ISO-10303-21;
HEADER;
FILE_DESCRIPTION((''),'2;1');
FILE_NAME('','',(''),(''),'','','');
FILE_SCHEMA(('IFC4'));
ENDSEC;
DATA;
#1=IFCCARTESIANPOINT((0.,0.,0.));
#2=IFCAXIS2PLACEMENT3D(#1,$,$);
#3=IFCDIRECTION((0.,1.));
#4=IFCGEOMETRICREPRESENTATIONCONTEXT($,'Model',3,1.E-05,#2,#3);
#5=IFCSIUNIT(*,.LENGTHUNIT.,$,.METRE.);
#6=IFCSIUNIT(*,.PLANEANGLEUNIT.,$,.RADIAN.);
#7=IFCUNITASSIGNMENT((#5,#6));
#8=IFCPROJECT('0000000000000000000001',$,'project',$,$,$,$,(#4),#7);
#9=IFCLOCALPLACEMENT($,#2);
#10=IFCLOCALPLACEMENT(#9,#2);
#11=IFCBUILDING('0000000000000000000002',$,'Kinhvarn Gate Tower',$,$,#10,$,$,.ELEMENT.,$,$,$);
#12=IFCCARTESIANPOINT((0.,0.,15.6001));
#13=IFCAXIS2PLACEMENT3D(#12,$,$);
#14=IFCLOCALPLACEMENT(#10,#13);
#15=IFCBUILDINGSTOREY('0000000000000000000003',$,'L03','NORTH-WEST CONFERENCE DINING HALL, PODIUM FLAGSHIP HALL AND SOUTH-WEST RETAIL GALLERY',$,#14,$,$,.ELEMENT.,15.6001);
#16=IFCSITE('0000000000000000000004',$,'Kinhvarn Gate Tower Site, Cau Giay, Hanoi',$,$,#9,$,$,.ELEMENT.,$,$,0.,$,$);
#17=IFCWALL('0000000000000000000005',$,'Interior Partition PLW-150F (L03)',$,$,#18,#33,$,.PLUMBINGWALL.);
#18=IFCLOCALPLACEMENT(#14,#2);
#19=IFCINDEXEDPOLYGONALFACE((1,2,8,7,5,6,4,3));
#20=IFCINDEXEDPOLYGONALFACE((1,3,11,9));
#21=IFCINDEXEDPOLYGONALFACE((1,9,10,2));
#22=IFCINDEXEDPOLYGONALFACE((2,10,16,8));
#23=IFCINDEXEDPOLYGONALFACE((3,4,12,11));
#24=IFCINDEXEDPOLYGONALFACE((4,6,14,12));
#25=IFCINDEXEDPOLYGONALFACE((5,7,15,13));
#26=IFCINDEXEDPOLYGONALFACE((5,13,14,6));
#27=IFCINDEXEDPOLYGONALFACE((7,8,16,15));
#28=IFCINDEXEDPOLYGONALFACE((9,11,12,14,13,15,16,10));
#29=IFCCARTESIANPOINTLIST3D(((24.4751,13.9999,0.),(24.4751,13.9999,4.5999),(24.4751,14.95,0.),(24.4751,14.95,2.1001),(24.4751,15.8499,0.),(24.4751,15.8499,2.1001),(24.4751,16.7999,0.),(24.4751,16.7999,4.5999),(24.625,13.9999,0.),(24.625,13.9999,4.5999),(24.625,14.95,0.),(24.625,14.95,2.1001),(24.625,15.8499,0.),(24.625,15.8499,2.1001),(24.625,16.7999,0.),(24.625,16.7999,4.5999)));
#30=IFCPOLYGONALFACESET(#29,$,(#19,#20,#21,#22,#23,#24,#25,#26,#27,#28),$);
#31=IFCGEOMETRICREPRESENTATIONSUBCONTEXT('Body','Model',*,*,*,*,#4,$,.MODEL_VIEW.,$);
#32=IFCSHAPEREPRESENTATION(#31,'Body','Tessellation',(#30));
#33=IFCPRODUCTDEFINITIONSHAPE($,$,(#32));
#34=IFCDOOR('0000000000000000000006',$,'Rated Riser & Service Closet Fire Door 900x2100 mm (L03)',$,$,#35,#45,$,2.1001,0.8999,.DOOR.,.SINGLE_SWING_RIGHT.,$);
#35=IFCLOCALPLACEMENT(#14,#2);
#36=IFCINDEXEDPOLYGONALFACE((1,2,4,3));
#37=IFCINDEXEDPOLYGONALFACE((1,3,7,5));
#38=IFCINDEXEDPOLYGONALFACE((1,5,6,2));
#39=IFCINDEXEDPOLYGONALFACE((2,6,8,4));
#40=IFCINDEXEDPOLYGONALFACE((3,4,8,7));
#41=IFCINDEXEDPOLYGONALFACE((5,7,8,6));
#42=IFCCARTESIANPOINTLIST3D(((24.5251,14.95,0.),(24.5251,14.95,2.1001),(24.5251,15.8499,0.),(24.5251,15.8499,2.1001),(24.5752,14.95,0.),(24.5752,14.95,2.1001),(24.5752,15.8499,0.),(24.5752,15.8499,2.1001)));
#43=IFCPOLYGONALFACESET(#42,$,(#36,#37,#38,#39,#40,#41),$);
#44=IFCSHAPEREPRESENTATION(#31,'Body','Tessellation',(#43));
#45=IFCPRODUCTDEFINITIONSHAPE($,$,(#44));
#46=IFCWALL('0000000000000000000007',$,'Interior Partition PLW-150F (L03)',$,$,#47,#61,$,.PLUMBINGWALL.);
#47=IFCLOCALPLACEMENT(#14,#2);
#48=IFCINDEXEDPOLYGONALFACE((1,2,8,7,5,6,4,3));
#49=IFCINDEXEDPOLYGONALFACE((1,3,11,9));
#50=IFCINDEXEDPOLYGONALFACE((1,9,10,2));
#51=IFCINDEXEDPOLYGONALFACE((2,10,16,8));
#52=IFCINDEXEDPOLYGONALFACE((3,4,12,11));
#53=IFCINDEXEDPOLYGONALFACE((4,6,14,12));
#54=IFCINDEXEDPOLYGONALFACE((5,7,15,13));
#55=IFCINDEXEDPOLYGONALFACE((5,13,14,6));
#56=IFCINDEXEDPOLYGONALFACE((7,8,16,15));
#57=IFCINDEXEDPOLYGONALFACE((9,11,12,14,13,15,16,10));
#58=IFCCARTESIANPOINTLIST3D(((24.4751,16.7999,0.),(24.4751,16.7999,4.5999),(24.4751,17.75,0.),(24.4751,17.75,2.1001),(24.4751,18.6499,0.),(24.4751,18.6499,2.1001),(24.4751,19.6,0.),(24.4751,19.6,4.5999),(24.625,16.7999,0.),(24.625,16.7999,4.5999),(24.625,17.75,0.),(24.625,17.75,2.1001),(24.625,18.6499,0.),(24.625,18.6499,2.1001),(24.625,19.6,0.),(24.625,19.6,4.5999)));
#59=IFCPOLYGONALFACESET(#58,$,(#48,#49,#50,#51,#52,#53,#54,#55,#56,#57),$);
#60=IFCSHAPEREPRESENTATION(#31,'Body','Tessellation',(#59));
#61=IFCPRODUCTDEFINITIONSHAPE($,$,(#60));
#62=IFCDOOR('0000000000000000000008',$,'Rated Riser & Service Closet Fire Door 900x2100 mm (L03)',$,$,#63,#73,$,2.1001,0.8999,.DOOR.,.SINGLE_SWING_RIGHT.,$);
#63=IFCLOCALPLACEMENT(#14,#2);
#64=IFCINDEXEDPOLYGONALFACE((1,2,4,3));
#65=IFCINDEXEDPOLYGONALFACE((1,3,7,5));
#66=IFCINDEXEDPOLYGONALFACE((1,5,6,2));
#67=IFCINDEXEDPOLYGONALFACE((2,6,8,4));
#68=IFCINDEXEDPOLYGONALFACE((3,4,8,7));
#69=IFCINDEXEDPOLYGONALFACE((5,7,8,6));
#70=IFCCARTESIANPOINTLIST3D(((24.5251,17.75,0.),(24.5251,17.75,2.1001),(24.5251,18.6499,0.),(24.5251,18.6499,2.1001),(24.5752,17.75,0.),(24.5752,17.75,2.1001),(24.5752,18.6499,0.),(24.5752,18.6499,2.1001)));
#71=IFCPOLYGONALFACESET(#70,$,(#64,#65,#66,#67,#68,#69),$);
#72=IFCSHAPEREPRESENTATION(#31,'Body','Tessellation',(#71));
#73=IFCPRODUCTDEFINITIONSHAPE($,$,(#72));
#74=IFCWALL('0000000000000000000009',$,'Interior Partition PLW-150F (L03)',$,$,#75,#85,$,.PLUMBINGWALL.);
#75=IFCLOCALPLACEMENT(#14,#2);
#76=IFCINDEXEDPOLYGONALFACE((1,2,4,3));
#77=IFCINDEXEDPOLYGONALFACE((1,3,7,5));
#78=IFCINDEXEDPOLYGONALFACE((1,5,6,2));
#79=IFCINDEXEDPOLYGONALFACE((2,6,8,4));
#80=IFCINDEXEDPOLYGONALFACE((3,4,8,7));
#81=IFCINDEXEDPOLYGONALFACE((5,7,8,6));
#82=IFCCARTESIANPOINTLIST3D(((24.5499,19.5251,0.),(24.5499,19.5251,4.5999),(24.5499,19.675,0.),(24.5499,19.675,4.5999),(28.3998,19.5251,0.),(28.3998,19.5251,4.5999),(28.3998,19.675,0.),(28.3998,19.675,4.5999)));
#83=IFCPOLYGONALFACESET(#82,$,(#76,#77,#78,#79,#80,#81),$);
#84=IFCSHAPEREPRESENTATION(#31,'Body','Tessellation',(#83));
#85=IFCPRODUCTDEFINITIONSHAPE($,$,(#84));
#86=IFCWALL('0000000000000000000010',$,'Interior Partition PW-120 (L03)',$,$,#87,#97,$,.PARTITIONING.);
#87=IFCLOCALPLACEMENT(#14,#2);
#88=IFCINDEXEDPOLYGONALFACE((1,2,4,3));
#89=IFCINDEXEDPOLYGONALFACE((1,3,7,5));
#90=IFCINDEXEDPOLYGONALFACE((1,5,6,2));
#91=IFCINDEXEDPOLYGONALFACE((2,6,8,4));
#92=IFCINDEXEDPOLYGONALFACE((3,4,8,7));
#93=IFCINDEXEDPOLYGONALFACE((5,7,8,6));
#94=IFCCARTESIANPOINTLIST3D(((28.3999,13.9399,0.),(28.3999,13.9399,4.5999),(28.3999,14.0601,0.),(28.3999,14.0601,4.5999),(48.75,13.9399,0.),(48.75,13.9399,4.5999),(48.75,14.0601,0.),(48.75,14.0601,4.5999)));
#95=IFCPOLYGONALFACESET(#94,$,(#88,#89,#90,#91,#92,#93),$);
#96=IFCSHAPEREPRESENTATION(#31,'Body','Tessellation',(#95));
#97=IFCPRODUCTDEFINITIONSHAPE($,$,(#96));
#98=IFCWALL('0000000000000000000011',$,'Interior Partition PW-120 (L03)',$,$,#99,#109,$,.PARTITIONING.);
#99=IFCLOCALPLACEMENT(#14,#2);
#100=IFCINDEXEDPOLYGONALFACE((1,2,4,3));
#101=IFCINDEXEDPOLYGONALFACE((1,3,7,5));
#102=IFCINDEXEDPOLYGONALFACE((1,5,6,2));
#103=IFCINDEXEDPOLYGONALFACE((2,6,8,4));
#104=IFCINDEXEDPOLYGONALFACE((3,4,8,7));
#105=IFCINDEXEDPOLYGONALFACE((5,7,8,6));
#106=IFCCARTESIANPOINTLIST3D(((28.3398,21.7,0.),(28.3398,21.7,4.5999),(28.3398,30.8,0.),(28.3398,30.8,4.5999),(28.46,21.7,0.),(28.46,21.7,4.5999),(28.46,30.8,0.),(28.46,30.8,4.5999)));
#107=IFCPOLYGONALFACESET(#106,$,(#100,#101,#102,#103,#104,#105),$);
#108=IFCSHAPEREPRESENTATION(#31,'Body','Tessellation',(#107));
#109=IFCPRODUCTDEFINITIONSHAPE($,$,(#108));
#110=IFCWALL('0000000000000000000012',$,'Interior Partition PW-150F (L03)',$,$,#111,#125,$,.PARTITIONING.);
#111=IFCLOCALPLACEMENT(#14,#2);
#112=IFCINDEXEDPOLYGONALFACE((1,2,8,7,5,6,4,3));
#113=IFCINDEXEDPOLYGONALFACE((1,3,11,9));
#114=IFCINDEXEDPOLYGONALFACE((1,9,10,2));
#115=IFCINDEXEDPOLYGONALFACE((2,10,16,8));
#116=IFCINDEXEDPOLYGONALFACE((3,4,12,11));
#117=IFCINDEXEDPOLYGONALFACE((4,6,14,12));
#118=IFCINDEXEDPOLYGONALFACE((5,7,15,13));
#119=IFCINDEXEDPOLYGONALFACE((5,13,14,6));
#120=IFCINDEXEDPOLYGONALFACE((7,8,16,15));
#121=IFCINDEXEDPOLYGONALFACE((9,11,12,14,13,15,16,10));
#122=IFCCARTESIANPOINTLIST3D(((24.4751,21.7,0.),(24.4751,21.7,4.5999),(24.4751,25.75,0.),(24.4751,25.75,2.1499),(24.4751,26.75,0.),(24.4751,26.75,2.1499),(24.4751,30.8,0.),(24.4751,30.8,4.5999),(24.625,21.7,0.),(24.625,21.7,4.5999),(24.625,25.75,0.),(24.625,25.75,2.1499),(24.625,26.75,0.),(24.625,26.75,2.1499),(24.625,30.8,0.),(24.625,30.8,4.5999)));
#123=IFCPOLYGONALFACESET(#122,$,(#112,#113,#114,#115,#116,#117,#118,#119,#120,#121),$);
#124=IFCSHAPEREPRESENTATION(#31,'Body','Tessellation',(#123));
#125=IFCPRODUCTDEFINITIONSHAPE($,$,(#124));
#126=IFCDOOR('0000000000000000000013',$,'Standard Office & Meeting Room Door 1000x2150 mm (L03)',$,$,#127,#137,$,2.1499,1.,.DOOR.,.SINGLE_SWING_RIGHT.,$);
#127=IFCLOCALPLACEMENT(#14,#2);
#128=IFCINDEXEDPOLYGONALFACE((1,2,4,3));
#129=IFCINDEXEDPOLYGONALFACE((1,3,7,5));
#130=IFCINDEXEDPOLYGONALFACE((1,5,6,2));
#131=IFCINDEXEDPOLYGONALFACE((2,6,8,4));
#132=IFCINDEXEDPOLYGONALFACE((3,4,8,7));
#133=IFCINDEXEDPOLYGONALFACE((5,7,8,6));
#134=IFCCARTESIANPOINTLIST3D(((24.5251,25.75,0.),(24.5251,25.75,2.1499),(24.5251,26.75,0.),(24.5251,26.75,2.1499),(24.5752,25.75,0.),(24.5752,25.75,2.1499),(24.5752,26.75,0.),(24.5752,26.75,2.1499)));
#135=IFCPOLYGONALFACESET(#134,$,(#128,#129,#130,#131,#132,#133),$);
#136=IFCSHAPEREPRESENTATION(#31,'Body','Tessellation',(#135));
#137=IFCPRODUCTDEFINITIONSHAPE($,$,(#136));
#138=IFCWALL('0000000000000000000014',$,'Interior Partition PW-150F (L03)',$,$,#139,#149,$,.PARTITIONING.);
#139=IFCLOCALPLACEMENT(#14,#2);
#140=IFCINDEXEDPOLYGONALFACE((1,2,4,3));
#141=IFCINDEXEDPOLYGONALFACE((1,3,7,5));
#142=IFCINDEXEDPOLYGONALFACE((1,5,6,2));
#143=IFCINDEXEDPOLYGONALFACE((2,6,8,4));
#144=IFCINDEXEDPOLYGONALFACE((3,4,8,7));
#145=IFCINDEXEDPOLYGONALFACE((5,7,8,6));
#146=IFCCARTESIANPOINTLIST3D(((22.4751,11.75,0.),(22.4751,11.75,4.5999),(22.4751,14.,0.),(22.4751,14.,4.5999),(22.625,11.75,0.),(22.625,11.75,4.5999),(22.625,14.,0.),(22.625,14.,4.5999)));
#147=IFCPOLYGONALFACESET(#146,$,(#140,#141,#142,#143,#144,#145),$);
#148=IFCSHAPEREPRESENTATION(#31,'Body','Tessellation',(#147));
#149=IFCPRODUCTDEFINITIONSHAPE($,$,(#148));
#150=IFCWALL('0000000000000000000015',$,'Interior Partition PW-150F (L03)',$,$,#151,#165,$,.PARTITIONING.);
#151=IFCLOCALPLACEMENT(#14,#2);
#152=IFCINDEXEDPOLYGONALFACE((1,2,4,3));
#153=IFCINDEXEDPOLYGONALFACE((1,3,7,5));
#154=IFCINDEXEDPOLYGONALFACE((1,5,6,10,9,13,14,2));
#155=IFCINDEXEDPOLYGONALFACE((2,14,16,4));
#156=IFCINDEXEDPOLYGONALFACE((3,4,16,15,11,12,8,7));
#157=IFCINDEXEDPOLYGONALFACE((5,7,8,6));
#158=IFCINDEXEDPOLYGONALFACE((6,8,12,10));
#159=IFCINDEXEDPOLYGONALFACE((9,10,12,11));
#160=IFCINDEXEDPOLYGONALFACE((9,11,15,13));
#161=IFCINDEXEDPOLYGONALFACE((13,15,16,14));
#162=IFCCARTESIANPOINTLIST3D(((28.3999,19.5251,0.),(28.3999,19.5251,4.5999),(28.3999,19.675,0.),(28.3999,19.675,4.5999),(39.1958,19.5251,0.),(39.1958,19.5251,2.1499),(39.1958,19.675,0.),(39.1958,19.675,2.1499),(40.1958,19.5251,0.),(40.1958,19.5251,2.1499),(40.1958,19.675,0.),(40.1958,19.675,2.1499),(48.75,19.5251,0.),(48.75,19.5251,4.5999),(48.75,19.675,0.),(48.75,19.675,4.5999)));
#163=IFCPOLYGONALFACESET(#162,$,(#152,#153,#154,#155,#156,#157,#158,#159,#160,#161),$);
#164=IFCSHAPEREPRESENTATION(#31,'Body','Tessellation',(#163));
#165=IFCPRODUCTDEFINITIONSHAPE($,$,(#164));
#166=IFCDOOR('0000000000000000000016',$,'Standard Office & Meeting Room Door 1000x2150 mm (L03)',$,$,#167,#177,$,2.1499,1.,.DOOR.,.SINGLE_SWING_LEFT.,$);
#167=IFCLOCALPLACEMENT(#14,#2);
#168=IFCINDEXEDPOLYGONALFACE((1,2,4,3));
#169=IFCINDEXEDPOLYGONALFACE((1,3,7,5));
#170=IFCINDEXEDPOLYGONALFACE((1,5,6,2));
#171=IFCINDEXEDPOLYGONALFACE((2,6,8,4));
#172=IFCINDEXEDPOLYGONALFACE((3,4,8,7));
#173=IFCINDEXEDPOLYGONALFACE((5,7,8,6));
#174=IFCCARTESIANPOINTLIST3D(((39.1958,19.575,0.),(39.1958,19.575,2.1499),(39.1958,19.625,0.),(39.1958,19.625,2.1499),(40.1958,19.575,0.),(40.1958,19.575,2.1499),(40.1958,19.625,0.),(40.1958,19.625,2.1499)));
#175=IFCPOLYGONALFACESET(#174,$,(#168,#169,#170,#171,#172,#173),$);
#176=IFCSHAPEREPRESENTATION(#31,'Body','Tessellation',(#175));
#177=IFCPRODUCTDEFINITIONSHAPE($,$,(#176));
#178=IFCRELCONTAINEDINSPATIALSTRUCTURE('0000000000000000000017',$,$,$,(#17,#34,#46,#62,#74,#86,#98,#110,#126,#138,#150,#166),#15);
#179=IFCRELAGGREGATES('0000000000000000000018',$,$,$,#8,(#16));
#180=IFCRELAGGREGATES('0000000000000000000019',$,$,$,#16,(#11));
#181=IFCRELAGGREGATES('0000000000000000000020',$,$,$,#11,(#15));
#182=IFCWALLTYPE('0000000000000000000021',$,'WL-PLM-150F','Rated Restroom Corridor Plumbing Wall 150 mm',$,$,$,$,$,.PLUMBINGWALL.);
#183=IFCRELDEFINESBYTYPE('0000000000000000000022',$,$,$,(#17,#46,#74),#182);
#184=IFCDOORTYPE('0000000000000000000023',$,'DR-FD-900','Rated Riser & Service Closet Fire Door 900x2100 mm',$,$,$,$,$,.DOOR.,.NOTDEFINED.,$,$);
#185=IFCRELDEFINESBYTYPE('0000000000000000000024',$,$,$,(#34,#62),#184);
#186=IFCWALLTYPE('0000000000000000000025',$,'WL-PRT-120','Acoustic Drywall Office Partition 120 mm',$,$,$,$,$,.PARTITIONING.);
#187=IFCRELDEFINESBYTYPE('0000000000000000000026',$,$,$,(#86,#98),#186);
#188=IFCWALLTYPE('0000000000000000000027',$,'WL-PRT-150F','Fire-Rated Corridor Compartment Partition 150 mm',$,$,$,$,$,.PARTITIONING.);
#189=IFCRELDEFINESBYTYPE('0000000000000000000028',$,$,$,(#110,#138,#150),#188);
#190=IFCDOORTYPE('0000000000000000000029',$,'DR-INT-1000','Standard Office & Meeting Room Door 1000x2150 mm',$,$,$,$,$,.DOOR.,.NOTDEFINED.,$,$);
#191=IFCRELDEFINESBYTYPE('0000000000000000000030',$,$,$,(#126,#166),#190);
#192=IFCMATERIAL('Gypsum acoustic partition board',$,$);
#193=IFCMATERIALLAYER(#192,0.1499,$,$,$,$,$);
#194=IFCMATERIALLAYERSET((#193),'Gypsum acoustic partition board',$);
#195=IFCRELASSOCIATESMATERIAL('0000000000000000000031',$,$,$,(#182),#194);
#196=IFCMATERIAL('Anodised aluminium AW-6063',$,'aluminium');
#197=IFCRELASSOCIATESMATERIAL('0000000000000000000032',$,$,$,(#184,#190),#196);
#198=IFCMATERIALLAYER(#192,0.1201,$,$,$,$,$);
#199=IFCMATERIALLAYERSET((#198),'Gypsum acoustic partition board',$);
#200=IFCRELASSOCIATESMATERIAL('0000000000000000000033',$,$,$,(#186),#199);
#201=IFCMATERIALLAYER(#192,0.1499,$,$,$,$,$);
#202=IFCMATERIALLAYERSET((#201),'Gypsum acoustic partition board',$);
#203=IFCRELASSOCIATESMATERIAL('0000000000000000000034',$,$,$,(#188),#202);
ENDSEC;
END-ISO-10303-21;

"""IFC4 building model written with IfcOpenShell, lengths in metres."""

from ifc_helpers import new_model, si_unit, direction, frame, frame_2d, origin, place, context, subcontext, project, spatial, rectangle, extrude, material, layer, layer_set, type_object, element, fill, save


model = new_model("IFC4")

# Units and contexts
model_context = context("Model", 3, precision=1e-05, world=origin(), true_north=direction((0.0, 1.0)))
body_context = subcontext(model_context, "Body", "Model", "MODEL_VIEW")
ifc_project = project(units=[si_unit("LENGTHUNIT", "METRE"), si_unit("PLANEANGLEUNIT", "RADIAN")], contexts=[model_context])

# Site, building, storey
site_placement = place(None, origin())
site = spatial("IfcSite", under=ifc_project, at=site_placement, Name="Kinhvarn Gate Tower Site, Cau Giay, Hanoi", CompositionType="ELEMENT", RefElevation=0.0)
building_placement = place(site_placement, origin())
building = spatial("IfcBuilding", under=site, at=building_placement, Name="Kinhvarn Gate Tower", CompositionType="ELEMENT")
storey_placement = place(building_placement, frame((0.0, 0.0, 15.6001)))
storey = spatial("IfcBuildingStorey", under=building, at=storey_placement, Name="L03", Description="NORTH-WEST CONFERENCE DINING HALL, PODIUM FLAGSHIP HALL AND SOUTH-WEST RETAIL GALLERY", CompositionType="ELEMENT", Elevation=15.6001)

# Shared definitions
ifc_material_1 = material(Name="Anodised aluminium AW-6063", Category="aluminium")

# Shared definitions
ifc_material_2 = material(Name="Gypsum acoustic partition board")

# Walls, openings, doors
ifc_layer_1 = layer(ifc_material_2, 0.1499)
ifc_layer_set_1 = layer_set([ifc_layer_1], Name="Gypsum acoustic partition board")
wall_type_1 = type_object("IfcWallType", Name="WL-PLM-150F", Description="Rated Restroom Corridor Plumbing Wall 150 mm", PredefinedType="PLUMBINGWALL", material=ifc_layer_set_1)
wall_1_placement = place(storey_placement, frame((24.55, 14.0, 0.0), z_axis=(0.0, 0.0, 1.0), x_axis=(0.0, 1.0, 0.0)))
wall_1 = element("IfcWall", 1, at=wall_1_placement, inside=storey, type_object=wall_type_1, Name="Interior Partition PLW-150F (L03)", PredefinedType="PLUMBINGWALL", context=body_context, shape_type="SweptSolid", body=[
    extrude(rectangle(XDim=2.8, YDim=0.1499, at=frame_2d((1.3999, 0.0))), origin(), (0.0, 0.0, 1.0), 4.5999),
])
opening_1_placement = place(wall_1_placement, frame((0.95, 0.0, 0.0)))
opening_1 = element("IfcOpeningElement", 2, at=opening_1_placement, cuts=wall_1, PredefinedType="OPENING", context=body_context, shape_type="SweptSolid", body=[
    extrude(rectangle(XDim=0.8999, YDim=2.1001, at=frame_2d((0.45, 1.05))), frame((0.0, 0.085, 0.0), z_axis=(0.0, -1.0, 0.0), x_axis=(1.0, 0.0, 0.0)), (0.0, 0.0, 1.0), 0.1699),
])
door_type_1 = type_object("IfcDoorType", Name="DR-FD-900", Description="Rated Riser & Service Closet Fire Door 900x2100 mm", OperationType="NOTDEFINED", PredefinedType="DOOR", material=ifc_material_1)
door_1_placement = place(opening_1_placement, origin())
door_1 = element("IfcDoor", 3, at=door_1_placement, inside=storey, type_object=door_type_1, Name="Rated Riser & Service Closet Fire Door 900x2100 mm (L03)", OperationType="SINGLE_SWING_RIGHT", OverallHeight=2.1001, OverallWidth=0.8999, PredefinedType="DOOR", context=body_context, shape_type="SweptSolid", body=[
    extrude(rectangle(XDim=0.8999, YDim=2.1001, at=frame_2d((0.45, 1.05))), frame((0.0, 0.0249, 0.0), z_axis=(0.0, -1.0, 0.0), x_axis=(1.0, 0.0, 0.0)), (0.0, 0.0, 1.0), 0.05),
])
fill(opening_1, door_1)
wall_2_placement = place(storey_placement, frame((24.55, 16.8, 0.0), z_axis=(0.0, 0.0, 1.0), x_axis=(0.0, 1.0, 0.0)))
wall_2 = element("IfcWall", 4, at=wall_2_placement, inside=storey, type_object=wall_type_1, Name="Interior Partition PLW-150F (L03)", PredefinedType="PLUMBINGWALL", context=body_context, shape_type="SweptSolid", body=[
    extrude(rectangle(XDim=2.8, YDim=0.1499, at=frame_2d((1.3999, 0.0))), origin(), (0.0, 0.0, 1.0), 4.5999),
])
opening_2_placement = place(wall_2_placement, frame((0.95, 0.0, 0.0)))
opening_2 = element("IfcOpeningElement", 5, at=opening_2_placement, cuts=wall_2, PredefinedType="OPENING", context=body_context, shape_type="SweptSolid", body=[
    extrude(rectangle(XDim=0.8999, YDim=2.1001, at=frame_2d((0.45, 1.05))), frame((0.0, 0.085, 0.0), z_axis=(0.0, -1.0, 0.0), x_axis=(1.0, 0.0, 0.0)), (0.0, 0.0, 1.0), 0.1699),
])
door_2_placement = place(opening_2_placement, origin())
door_2 = element("IfcDoor", 6, at=door_2_placement, inside=storey, type_object=door_type_1, Name="Rated Riser & Service Closet Fire Door 900x2100 mm (L03)", OperationType="SINGLE_SWING_RIGHT", OverallHeight=2.1001, OverallWidth=0.8999, PredefinedType="DOOR", context=body_context, shape_type="SweptSolid", body=[
    extrude(rectangle(XDim=0.8999, YDim=2.1001, at=frame_2d((0.45, 1.05))), frame((0.0, 0.0249, 0.0), z_axis=(0.0, -1.0, 0.0), x_axis=(1.0, 0.0, 0.0)), (0.0, 0.0, 1.0), 0.05),
])
fill(opening_2, door_2)

# Walls
wall_3_placement = place(storey_placement, frame((24.55, 19.6001, 0.0), z_axis=(0.0, 0.0, 1.0), x_axis=(1.0, 0.0, 0.0)))
element("IfcWall", 7, at=wall_3_placement, inside=storey, type_object=wall_type_1, Name="Interior Partition PLW-150F (L03)", PredefinedType="PLUMBINGWALL", context=body_context, shape_type="SweptSolid", body=[
    extrude(rectangle(XDim=3.8499, YDim=0.1499, at=frame_2d((1.9248, 0.0))), origin(), (0.0, 0.0, 1.0), 4.5999),
])
ifc_layer_2 = layer(ifc_material_2, 0.1201)
ifc_layer_set_2 = layer_set([ifc_layer_2], Name="Gypsum acoustic partition board")
wall_type_2 = type_object("IfcWallType", Name="WL-PRT-120", Description="Acoustic Drywall Office Partition 120 mm", PredefinedType="PARTITIONING", material=ifc_layer_set_2)
wall_4_placement = place(storey_placement, frame((28.3999, 14.0, 0.0), z_axis=(0.0, 0.0, 1.0), x_axis=(1.0, 0.0, 0.0)))
element("IfcWall", 8, at=wall_4_placement, inside=storey, type_object=wall_type_2, Name="Interior Partition PW-120 (L03)", PredefinedType="PARTITIONING", context=body_context, shape_type="SweptSolid", body=[
    extrude(rectangle(XDim=20.3501, YDim=0.1201, at=frame_2d((10.175, 0.0))), origin(), (0.0, 0.0, 1.0), 4.5999),
])
wall_5_placement = place(storey_placement, frame((28.3999, 21.7, 0.0), z_axis=(0.0, 0.0, 1.0), x_axis=(0.0, 1.0, 0.0)))
element("IfcWall", 9, at=wall_5_placement, inside=storey, type_object=wall_type_2, Name="Interior Partition PW-120 (L03)", PredefinedType="PARTITIONING", context=body_context, shape_type="SweptSolid", body=[
    extrude(rectangle(XDim=9.1001, YDim=0.1201, at=frame_2d((4.55, 0.0))), origin(), (0.0, 0.0, 1.0), 4.5999),
])

# Wall, opening, door
ifc_layer_3 = layer(ifc_material_2, 0.1499)
ifc_layer_set_3 = layer_set([ifc_layer_3], Name="Gypsum acoustic partition board")
wall_type_3 = type_object("IfcWallType", Name="WL-PRT-150F", Description="Fire-Rated Corridor Compartment Partition 150 mm", PredefinedType="PARTITIONING", material=ifc_layer_set_3)
wall_6_placement = place(storey_placement, frame((24.55, 21.7, 0.0), z_axis=(0.0, 0.0, 1.0), x_axis=(0.0, 1.0, 0.0)))
wall_6 = element("IfcWall", 10, at=wall_6_placement, inside=storey, type_object=wall_type_3, Name="Interior Partition PW-150F (L03)", PredefinedType="PARTITIONING", context=body_context, shape_type="SweptSolid", body=[
    extrude(rectangle(XDim=9.1001, YDim=0.1499, at=frame_2d((4.55, 0.0))), origin(), (0.0, 0.0, 1.0), 4.5999),
])
opening_3_placement = place(wall_6_placement, frame((4.05, 0.0, 0.0)))
opening_3 = element("IfcOpeningElement", 11, at=opening_3_placement, cuts=wall_6, PredefinedType="OPENING", context=body_context, shape_type="SweptSolid", body=[
    extrude(rectangle(XDim=1.0, YDim=2.1499, at=frame_2d((0.5, 1.075))), frame((0.0, 0.085, 0.0), z_axis=(0.0, -1.0, 0.0), x_axis=(1.0, 0.0, 0.0)), (0.0, 0.0, 1.0), 0.1699),
])
door_type_2 = type_object("IfcDoorType", Name="DR-INT-1000", Description="Standard Office & Meeting Room Door 1000x2150 mm", OperationType="NOTDEFINED", PredefinedType="DOOR", material=ifc_material_1)
door_3_placement = place(opening_3_placement, origin())
door_3 = element("IfcDoor", 12, at=door_3_placement, inside=storey, type_object=door_type_2, Name="Standard Office & Meeting Room Door 1000x2150 mm (L03)", OperationType="SINGLE_SWING_RIGHT", OverallHeight=2.1499, OverallWidth=1.0, PredefinedType="DOOR", context=body_context, shape_type="SweptSolid", body=[
    extrude(rectangle(XDim=1.0, YDim=2.1499, at=frame_2d((0.5, 1.075))), frame((0.0, 0.0249, 0.0), z_axis=(0.0, -1.0, 0.0), x_axis=(1.0, 0.0, 0.0)), (0.0, 0.0, 1.0), 0.05),
])
fill(opening_3, door_3)

# Wall
wall_7_placement = place(storey_placement, frame((22.55, 11.75, 0.0), z_axis=(0.0, 0.0, 1.0), x_axis=(0.0, 1.0, 0.0)))
element("IfcWall", 13, at=wall_7_placement, inside=storey, type_object=wall_type_3, Name="Interior Partition PW-150F (L03)", PredefinedType="PARTITIONING", context=body_context, shape_type="SweptSolid", body=[
    extrude(rectangle(XDim=2.25, YDim=0.1499, at=frame_2d((1.125, 0.0))), origin(), (0.0, 0.0, 1.0), 4.5999),
])

# Wall, opening, door
wall_8_placement = place(storey_placement, frame((28.3999, 19.6001, 0.0), z_axis=(0.0, 0.0, 1.0), x_axis=(1.0, 0.0, 0.0)))
wall_8 = element("IfcWall", 14, at=wall_8_placement, inside=storey, type_object=wall_type_3, Name="Interior Partition PW-150F (L03)", PredefinedType="PARTITIONING", context=body_context, shape_type="SweptSolid", body=[
    extrude(rectangle(XDim=20.3501, YDim=0.1499, at=frame_2d((10.175, 0.0))), origin(), (0.0, 0.0, 1.0), 4.5999),
])
opening_4_placement = place(wall_8_placement, frame((10.7959, 0.0, 0.0)))
opening_4 = element("IfcOpeningElement", 15, at=opening_4_placement, cuts=wall_8, PredefinedType="OPENING", context=body_context, shape_type="SweptSolid", body=[
    extrude(rectangle(XDim=1.0, YDim=2.1499, at=frame_2d((0.5, 1.075))), frame((0.0, 0.085, 0.0), z_axis=(0.0, -1.0, 0.0), x_axis=(1.0, 0.0, 0.0)), (0.0, 0.0, 1.0), 0.1699),
])
door_4_placement = place(opening_4_placement, origin())
door_4 = element("IfcDoor", 16, at=door_4_placement, inside=storey, type_object=door_type_2, Name="Standard Office & Meeting Room Door 1000x2150 mm (L03)", OperationType="SINGLE_SWING_LEFT", OverallHeight=2.1499, OverallWidth=1.0, PredefinedType="DOOR", context=body_context, shape_type="SweptSolid", body=[
    extrude(rectangle(XDim=1.0, YDim=2.1499, at=frame_2d((0.5, 1.075))), frame((0.0, 0.0249, 0.0), z_axis=(0.0, -1.0, 0.0), x_axis=(1.0, 0.0, 0.0)), (0.0, 0.0, 1.0), 0.05),
])
fill(opening_4, door_4)

save(model, "model.ifc")
